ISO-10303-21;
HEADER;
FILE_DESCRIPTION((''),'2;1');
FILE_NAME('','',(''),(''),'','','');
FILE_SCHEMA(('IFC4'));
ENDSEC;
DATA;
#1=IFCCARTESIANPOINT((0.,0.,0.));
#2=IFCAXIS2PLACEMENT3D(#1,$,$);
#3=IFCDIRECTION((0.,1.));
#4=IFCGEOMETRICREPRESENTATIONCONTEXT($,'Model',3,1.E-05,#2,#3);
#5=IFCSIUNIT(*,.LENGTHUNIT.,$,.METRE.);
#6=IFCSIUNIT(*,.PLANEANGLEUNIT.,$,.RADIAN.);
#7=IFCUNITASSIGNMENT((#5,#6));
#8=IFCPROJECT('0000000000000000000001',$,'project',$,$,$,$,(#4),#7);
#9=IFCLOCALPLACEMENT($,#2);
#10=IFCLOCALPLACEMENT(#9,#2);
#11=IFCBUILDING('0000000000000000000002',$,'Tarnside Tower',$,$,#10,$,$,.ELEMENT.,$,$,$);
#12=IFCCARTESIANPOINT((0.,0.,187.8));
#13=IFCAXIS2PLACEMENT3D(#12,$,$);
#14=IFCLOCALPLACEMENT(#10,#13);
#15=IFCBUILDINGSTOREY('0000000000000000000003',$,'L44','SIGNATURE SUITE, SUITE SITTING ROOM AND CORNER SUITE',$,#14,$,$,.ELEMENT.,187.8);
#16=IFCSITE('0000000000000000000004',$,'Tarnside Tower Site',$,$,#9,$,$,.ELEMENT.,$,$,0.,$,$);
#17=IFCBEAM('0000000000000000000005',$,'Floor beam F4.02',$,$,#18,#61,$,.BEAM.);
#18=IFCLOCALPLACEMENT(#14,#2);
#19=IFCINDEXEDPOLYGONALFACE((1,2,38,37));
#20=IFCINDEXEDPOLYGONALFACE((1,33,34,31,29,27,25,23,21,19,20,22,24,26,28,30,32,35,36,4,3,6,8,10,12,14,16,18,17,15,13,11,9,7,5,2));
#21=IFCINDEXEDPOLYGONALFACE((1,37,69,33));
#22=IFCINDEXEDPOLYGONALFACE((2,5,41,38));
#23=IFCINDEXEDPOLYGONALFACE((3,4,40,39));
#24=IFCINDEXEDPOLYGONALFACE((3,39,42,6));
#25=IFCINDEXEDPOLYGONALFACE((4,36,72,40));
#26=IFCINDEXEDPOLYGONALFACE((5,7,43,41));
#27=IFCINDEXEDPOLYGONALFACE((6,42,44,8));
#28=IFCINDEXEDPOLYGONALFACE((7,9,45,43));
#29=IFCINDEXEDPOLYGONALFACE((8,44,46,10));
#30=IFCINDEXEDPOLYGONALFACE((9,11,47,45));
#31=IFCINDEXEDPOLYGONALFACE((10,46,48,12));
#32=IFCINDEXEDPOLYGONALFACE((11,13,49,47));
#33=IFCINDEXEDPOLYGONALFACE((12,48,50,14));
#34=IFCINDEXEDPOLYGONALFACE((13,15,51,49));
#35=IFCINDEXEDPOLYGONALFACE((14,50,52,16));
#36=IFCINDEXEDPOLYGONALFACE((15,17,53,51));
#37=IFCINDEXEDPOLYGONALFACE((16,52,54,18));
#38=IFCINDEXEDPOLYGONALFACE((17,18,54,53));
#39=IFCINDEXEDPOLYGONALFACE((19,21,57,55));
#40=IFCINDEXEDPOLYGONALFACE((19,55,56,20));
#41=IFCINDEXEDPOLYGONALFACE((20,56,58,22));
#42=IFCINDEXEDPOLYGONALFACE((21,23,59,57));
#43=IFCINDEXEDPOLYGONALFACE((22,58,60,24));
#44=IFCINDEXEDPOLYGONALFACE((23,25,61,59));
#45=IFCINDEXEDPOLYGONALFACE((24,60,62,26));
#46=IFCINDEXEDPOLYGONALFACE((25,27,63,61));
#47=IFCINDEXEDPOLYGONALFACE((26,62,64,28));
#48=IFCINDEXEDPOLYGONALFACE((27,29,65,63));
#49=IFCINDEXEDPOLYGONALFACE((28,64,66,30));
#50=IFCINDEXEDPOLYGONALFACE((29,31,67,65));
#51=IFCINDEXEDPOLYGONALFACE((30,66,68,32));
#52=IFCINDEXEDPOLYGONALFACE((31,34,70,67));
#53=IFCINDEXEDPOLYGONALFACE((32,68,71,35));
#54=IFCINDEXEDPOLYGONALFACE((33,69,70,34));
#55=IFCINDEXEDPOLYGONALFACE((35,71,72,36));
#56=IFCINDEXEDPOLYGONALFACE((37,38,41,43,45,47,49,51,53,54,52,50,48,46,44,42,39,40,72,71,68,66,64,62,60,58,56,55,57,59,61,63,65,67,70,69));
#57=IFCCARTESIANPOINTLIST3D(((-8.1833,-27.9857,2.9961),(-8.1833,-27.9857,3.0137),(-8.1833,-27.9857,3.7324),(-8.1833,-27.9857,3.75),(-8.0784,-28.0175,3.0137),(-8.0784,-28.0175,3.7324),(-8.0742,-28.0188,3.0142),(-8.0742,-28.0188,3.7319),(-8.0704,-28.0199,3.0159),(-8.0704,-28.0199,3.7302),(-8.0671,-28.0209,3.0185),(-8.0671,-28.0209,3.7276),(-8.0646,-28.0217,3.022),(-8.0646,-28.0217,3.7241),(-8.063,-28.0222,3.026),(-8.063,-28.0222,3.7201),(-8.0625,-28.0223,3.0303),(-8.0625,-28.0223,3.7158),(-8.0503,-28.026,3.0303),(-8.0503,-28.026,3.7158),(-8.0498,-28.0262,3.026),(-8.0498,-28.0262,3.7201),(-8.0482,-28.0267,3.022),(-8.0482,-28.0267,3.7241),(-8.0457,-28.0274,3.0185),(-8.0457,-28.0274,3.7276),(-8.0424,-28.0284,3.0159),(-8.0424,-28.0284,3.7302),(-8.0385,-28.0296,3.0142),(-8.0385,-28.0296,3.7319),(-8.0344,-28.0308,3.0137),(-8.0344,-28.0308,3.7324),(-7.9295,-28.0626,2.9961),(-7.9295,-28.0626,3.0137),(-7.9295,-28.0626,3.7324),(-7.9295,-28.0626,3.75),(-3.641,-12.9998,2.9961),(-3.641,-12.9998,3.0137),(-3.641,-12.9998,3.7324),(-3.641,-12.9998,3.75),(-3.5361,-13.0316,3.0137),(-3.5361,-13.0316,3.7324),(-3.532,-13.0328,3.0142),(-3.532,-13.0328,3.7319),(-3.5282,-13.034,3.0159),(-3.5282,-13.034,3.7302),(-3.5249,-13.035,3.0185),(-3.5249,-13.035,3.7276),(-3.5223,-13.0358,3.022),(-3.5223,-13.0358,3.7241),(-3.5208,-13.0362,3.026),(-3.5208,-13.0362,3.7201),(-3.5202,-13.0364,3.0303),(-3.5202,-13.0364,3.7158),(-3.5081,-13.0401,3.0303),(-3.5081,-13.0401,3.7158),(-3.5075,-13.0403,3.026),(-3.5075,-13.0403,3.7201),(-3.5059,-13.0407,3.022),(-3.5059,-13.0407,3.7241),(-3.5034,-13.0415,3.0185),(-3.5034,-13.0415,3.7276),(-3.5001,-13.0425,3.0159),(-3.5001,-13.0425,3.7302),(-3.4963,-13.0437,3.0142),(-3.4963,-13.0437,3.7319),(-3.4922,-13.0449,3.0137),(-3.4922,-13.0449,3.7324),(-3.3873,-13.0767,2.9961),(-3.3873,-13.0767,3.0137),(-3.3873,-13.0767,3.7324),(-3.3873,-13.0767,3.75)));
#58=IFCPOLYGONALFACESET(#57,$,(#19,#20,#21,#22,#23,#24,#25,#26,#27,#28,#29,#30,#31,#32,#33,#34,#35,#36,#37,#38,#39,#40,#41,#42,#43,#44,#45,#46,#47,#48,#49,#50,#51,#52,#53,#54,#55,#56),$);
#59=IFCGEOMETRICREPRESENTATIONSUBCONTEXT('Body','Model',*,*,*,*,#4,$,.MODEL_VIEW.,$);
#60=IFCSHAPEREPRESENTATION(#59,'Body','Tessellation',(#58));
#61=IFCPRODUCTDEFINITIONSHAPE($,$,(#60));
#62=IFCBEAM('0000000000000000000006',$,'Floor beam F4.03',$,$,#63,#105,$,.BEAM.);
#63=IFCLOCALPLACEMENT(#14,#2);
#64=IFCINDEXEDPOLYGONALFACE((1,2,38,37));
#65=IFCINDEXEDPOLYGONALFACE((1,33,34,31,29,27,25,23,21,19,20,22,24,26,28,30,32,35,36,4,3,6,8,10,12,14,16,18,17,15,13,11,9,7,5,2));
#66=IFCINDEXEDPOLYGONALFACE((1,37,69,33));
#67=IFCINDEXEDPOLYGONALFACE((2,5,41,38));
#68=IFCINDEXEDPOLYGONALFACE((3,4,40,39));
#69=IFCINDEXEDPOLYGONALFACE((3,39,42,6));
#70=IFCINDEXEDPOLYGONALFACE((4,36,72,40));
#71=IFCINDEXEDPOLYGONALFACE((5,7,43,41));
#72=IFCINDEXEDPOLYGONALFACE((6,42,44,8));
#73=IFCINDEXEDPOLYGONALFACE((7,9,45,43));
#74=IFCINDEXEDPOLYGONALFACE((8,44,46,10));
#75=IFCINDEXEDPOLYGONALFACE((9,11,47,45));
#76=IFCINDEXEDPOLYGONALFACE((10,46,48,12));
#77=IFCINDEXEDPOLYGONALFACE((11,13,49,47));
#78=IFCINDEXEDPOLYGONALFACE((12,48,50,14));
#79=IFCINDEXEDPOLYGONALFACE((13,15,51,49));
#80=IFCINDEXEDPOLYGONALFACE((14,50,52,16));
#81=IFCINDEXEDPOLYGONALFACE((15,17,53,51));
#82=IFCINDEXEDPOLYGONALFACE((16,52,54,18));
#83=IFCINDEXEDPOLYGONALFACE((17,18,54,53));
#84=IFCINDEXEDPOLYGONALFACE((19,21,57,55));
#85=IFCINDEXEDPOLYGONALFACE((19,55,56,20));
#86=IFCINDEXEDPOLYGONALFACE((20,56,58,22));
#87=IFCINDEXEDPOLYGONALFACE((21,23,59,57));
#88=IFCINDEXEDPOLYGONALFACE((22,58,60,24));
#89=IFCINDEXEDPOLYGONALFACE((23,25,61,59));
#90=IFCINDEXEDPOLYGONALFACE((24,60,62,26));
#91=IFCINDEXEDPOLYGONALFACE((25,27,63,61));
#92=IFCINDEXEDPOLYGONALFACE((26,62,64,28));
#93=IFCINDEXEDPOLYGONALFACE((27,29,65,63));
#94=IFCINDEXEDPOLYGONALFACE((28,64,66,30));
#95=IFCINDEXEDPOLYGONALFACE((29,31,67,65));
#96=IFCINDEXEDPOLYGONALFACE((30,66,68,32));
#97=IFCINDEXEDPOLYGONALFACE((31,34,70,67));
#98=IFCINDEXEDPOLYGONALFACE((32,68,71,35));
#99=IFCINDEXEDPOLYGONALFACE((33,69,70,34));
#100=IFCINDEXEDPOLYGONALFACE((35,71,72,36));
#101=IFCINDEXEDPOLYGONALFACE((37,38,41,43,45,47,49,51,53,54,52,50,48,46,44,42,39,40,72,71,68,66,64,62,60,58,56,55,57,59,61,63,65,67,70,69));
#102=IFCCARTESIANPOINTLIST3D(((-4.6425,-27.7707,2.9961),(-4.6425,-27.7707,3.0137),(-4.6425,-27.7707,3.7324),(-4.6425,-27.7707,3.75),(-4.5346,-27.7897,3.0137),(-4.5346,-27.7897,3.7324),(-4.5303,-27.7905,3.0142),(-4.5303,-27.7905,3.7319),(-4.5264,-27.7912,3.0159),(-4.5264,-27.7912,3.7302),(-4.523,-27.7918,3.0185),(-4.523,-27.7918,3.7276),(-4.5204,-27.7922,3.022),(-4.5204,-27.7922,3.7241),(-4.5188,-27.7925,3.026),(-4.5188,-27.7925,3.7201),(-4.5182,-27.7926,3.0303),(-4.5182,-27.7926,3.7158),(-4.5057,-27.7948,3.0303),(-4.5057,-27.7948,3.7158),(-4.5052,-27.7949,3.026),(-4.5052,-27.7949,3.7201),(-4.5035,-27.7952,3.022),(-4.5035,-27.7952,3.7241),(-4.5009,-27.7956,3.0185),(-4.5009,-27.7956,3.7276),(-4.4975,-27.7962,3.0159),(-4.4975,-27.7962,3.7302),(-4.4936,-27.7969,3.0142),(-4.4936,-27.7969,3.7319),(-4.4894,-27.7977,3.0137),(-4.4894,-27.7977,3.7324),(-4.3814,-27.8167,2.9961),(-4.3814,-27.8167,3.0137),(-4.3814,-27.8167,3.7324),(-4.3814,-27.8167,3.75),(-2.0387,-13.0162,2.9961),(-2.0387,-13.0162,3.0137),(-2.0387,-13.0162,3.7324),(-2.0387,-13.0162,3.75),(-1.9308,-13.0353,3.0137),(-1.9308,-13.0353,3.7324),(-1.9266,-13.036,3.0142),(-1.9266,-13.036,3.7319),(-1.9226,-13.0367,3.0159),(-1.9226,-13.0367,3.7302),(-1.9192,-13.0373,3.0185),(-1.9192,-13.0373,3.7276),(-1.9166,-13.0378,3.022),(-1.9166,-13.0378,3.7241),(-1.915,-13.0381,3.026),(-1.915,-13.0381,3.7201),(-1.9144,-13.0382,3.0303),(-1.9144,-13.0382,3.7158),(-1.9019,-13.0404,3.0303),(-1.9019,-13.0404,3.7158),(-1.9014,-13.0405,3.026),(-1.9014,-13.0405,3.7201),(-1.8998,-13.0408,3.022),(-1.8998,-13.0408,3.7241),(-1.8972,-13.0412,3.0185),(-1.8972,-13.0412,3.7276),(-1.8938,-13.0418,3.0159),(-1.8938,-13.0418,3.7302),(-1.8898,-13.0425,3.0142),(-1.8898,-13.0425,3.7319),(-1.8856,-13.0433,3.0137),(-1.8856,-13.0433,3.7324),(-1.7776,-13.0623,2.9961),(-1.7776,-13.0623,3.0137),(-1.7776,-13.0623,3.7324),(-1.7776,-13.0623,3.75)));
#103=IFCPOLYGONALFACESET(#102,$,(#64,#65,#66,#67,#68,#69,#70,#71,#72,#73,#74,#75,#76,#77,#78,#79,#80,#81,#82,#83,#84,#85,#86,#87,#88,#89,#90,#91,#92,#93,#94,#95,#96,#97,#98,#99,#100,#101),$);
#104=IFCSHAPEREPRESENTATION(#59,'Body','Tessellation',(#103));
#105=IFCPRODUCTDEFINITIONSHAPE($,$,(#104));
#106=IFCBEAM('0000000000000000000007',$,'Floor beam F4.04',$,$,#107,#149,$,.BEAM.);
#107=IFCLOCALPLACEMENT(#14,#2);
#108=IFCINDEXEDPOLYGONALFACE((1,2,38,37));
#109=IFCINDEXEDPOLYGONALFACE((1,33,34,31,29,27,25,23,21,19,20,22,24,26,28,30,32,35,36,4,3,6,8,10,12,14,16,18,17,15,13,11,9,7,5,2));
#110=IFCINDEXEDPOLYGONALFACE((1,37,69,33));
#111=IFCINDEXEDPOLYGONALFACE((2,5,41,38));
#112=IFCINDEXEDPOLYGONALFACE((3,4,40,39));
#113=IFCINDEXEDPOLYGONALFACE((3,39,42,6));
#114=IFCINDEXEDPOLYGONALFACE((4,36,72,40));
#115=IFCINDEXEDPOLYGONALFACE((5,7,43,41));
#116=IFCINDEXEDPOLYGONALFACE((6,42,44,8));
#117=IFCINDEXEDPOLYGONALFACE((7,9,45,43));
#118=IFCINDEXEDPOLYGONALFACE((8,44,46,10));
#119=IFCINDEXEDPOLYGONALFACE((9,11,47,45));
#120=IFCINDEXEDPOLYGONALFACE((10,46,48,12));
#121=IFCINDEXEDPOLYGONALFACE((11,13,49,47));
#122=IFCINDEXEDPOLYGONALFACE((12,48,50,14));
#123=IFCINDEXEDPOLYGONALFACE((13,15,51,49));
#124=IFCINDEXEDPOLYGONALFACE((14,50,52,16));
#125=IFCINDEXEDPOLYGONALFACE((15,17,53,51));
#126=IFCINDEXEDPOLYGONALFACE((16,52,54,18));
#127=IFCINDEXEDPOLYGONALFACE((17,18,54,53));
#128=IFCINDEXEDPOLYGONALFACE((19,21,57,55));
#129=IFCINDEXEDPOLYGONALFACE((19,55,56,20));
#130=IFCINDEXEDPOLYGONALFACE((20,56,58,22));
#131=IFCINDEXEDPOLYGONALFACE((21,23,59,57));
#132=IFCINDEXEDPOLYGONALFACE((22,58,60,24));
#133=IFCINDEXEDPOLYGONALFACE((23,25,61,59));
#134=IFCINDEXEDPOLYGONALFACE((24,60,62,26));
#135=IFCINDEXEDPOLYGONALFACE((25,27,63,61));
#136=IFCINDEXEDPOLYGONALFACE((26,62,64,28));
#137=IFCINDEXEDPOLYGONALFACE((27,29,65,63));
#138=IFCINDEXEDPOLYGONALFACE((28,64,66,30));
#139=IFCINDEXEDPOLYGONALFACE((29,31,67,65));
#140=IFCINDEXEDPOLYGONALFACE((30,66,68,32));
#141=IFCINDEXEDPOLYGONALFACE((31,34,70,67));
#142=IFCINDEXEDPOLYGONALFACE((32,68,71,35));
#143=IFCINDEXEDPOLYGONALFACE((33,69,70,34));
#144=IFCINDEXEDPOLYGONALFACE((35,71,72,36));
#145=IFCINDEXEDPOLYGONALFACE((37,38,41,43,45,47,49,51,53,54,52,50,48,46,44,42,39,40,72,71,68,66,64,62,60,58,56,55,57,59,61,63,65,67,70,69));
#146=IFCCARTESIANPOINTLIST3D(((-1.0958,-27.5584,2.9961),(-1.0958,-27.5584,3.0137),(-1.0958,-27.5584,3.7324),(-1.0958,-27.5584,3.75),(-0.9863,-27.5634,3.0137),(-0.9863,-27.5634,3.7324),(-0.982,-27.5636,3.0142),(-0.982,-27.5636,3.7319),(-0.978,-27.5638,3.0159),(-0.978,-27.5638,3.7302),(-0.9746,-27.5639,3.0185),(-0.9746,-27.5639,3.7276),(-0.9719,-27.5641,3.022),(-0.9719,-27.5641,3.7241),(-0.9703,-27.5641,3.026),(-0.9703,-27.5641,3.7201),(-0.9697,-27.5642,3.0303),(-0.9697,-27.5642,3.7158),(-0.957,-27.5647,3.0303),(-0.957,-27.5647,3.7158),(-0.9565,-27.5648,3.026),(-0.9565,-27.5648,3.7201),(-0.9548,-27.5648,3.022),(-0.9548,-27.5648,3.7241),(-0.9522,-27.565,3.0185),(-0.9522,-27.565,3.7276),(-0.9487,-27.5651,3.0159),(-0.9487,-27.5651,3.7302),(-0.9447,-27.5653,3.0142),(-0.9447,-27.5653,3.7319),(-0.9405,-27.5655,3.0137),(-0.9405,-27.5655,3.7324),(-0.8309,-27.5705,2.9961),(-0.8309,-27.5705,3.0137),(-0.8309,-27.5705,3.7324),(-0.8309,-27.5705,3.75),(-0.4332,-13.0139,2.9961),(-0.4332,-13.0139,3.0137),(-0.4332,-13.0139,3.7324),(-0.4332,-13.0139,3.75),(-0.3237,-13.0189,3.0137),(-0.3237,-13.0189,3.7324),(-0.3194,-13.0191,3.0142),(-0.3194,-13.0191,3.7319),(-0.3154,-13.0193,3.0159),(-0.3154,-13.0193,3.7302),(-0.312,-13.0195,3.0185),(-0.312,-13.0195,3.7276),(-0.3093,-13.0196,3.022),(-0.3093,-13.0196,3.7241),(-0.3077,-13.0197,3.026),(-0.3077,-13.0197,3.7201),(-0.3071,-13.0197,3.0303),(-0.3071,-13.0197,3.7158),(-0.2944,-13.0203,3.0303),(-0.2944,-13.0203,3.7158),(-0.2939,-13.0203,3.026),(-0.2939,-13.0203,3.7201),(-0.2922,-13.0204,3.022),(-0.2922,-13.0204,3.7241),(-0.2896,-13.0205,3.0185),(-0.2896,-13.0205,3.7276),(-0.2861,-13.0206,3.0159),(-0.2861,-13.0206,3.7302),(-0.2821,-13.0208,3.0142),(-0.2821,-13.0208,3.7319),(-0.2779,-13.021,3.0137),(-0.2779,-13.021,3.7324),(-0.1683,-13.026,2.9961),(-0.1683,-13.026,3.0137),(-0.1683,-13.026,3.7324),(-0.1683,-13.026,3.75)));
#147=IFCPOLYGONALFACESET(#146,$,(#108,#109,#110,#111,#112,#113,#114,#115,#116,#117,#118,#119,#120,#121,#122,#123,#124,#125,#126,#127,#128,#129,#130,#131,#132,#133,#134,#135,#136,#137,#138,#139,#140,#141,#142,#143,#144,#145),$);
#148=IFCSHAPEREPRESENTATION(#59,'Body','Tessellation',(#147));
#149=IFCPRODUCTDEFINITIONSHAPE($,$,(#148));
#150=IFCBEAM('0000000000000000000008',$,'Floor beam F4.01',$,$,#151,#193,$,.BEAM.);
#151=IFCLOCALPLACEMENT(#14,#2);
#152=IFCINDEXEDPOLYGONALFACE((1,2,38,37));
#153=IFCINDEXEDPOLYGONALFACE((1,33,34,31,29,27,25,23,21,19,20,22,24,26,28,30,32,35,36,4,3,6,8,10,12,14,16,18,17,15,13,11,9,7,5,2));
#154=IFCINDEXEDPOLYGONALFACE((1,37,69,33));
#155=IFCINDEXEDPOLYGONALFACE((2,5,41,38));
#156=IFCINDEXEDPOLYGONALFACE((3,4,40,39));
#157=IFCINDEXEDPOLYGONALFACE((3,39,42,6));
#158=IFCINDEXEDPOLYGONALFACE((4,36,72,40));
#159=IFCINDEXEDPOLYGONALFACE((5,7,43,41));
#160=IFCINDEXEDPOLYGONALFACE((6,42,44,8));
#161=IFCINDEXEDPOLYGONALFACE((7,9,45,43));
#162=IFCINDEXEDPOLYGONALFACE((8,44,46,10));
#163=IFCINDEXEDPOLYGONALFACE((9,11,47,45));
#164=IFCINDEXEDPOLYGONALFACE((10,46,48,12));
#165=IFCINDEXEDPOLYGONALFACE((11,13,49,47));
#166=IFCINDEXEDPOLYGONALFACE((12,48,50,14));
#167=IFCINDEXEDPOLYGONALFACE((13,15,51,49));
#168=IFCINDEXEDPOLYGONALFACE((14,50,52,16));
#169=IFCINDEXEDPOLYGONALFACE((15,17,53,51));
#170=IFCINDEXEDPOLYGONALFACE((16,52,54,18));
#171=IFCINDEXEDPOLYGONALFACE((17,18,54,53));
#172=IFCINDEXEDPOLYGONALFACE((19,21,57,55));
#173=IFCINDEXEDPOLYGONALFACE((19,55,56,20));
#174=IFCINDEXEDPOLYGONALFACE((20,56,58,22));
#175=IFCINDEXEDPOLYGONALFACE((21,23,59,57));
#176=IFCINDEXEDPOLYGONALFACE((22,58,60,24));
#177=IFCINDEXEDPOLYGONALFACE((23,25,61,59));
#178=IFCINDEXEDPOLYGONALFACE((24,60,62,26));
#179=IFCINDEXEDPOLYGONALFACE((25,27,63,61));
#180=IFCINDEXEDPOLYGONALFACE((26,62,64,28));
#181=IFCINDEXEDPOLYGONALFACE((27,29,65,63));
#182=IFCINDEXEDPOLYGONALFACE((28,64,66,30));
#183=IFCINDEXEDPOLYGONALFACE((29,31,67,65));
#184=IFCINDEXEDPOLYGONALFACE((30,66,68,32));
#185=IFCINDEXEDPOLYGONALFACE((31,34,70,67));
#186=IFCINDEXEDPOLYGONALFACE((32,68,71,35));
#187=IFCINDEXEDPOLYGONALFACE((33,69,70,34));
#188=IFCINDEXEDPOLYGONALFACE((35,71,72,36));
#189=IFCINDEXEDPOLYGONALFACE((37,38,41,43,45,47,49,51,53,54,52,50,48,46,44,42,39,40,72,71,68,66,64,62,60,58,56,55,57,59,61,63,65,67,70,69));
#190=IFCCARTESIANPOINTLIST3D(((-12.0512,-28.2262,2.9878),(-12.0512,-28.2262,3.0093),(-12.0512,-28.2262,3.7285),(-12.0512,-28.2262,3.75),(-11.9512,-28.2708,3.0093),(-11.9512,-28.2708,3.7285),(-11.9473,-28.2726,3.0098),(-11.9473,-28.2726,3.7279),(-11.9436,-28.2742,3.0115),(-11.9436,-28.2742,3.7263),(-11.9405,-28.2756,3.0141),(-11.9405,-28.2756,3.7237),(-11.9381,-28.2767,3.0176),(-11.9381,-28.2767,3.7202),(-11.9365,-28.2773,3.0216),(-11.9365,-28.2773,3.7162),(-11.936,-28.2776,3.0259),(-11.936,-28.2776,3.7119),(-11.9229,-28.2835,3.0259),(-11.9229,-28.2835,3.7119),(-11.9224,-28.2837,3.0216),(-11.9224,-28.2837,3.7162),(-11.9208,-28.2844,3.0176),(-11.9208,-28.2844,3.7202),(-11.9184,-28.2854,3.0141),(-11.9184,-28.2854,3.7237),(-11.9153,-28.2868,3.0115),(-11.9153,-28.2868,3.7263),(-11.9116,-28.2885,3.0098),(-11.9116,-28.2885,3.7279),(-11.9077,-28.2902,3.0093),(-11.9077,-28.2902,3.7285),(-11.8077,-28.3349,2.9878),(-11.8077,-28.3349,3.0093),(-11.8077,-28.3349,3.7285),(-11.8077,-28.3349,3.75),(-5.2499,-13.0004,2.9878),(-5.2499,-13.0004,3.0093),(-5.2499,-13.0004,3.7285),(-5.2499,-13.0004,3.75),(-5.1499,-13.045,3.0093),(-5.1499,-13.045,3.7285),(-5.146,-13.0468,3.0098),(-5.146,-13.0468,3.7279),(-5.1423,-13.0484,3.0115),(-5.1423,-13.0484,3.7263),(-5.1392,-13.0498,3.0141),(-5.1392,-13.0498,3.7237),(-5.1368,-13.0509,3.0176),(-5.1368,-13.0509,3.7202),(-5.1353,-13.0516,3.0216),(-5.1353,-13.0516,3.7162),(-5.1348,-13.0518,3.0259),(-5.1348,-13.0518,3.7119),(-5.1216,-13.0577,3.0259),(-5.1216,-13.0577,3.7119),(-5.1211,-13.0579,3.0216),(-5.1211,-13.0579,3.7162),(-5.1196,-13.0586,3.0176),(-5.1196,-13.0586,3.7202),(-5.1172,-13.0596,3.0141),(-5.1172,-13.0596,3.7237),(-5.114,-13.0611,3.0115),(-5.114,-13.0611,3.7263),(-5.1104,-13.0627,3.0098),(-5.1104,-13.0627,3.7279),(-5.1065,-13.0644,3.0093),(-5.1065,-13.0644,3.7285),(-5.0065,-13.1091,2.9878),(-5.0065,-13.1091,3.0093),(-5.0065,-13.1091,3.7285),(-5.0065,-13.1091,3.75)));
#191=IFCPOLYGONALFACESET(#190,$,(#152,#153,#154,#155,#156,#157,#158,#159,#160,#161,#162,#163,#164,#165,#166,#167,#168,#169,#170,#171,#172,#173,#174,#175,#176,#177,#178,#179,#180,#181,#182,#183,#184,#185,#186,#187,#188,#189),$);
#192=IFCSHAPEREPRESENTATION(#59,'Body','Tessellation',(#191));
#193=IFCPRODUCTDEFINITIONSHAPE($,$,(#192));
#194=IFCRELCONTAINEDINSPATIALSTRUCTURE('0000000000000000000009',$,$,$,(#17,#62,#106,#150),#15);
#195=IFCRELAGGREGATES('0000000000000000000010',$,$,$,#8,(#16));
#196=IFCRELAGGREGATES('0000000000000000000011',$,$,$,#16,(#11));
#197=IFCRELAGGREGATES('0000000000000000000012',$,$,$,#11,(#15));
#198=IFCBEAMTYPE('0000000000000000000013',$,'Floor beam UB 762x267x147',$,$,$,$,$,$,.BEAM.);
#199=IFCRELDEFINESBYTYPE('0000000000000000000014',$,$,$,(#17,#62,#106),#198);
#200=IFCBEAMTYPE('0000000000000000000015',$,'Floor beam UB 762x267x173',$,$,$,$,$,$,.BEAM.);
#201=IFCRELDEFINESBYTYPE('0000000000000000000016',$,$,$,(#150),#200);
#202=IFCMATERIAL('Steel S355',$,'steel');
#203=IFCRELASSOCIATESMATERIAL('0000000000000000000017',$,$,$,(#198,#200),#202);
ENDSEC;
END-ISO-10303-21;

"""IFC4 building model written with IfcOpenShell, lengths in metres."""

from ifc_helpers import new_model, si_unit, direction, frame, origin, origin_2d, place, context, subcontext, project, spatial, i_section, extrude, material, material_profile, profile_set, type_object, element, save


model = new_model("IFC4")

# Units and contexts
model_context = context("Model", 3, precision=1e-05, world=origin(), true_north=direction((0.0, 1.0)))
body_context = subcontext(model_context, "Body", "Model", "MODEL_VIEW")
ifc_project = project(units=[si_unit("LENGTHUNIT", "METRE"), si_unit("PLANEANGLEUNIT", "RADIAN")], contexts=[model_context])

# Site, building, storey
site_placement = place(None, origin())
site = spatial("IfcSite", under=ifc_project, at=site_placement, Name="Tarnside Tower Site", CompositionType="ELEMENT", RefElevation=0.0)
building_placement = place(site_placement, origin())
building = spatial("IfcBuilding", under=site, at=building_placement, Name="Tarnside Tower", CompositionType="ELEMENT")
storey_placement = place(building_placement, frame((0.0, 0.0, 187.8)))
storey = spatial("IfcBuildingStorey", under=building, at=storey_placement, Name="L44", Description="SIGNATURE SUITE, SUITE SITTING ROOM AND CORNER SUITE", CompositionType="ELEMENT", Elevation=187.8)

# Beams
ifc_material_1 = material(Name="Steel S355", Category="steel")
ifc_material_profile_1 = material_profile(ifc_material_1, i_section(OverallWidth=0.2651, OverallDepth=0.7539, WebThickness=0.0127, FlangeThickness=0.0176, FilletRadius=0.0166, at=origin_2d()), Name="UB 762x267x147")
ifc_profile_set_1 = profile_set([ifc_material_profile_1], Name="Steel S355")
beam_type_1 = type_object("IfcBeamType", Name="Floor beam UB 762x267x147", PredefinedType="BEAM", material=ifc_profile_set_1)
beam_1_placement = place(storey_placement, frame((-8.0564, -28.0242, 3.373), z_axis=(0.29007, 0.957005, 0.0), x_axis=(-0.957005, 0.29007, 0.0)))
element("IfcBeam", 1, at=beam_1_placement, inside=storey, type_object=beam_type_1, Name="Floor beam F4.02", PredefinedType="BEAM", context=body_context, shape_type="SweptSolid", body=[
    extrude(i_section(OverallWidth=0.2651, OverallDepth=0.7539, WebThickness=0.0127, FlangeThickness=0.0176, FilletRadius=0.0166, at=origin_2d()), origin(), (0.0, 0.0, 1.0), 15.6592),
])
beam_2_placement = place(storey_placement, frame((-4.512, -27.7937, 3.373), z_axis=(0.173788, 0.984783, 0.0), x_axis=(-0.984783, 0.173788, 0.0)))
element("IfcBeam", 2, at=beam_2_placement, inside=storey, type_object=beam_type_1, Name="Floor beam F4.03", PredefinedType="BEAM", context=body_context, shape_type="SweptSolid", body=[
    extrude(i_section(OverallWidth=0.2651, OverallDepth=0.7539, WebThickness=0.0127, FlangeThickness=0.0176, FilletRadius=0.0166, at=origin_2d()), origin(), (0.0, 0.0, 1.0), 14.9824),
])
beam_3_placement = place(storey_placement, frame((-0.9634, -27.5645, 3.373), z_axis=(0.04551, 0.998964, 0.0), x_axis=(-0.998964, 0.04551, 0.0)))
element("IfcBeam", 3, at=beam_3_placement, inside=storey, type_object=beam_type_1, Name="Floor beam F4.04", PredefinedType="BEAM", context=body_context, shape_type="SweptSolid", body=[
    extrude(i_section(OverallWidth=0.2651, OverallDepth=0.7539, WebThickness=0.0127, FlangeThickness=0.0176, FilletRadius=0.0166, at=origin_2d()), origin(), (0.0, 0.0, 1.0), 14.5596),
])
ifc_material_profile_2 = material_profile(ifc_material_1, i_section(OverallWidth=0.2666, OverallDepth=0.7622, WebThickness=0.0144, FlangeThickness=0.0215, FilletRadius=0.0166, at=origin_2d()), Name="UB 762x267x173")
ifc_profile_set_2 = profile_set([ifc_material_profile_2], Name="Steel S355")
beam_type_2 = type_object("IfcBeamType", Name="Floor beam UB 762x267x173", PredefinedType="BEAM", material=ifc_profile_set_2)
beam_4_placement = place(storey_placement, frame((-11.9294, -28.2805, 3.3689), z_axis=(0.407852, 0.913048, 0.0), x_axis=(-0.913048, 0.407852, 0.0)))
element("IfcBeam", 4, at=beam_4_placement, inside=storey, type_object=beam_type_2, Name="Floor beam F4.01", PredefinedType="BEAM", context=body_context, shape_type="SweptSolid", body=[
    extrude(i_section(OverallWidth=0.2666, OverallDepth=0.7622, WebThickness=0.0144, FlangeThickness=0.0215, FilletRadius=0.0166, at=origin_2d()), origin(), (0.0, 0.0, 1.0), 16.6758),
])

save(model, "model.ifc")
